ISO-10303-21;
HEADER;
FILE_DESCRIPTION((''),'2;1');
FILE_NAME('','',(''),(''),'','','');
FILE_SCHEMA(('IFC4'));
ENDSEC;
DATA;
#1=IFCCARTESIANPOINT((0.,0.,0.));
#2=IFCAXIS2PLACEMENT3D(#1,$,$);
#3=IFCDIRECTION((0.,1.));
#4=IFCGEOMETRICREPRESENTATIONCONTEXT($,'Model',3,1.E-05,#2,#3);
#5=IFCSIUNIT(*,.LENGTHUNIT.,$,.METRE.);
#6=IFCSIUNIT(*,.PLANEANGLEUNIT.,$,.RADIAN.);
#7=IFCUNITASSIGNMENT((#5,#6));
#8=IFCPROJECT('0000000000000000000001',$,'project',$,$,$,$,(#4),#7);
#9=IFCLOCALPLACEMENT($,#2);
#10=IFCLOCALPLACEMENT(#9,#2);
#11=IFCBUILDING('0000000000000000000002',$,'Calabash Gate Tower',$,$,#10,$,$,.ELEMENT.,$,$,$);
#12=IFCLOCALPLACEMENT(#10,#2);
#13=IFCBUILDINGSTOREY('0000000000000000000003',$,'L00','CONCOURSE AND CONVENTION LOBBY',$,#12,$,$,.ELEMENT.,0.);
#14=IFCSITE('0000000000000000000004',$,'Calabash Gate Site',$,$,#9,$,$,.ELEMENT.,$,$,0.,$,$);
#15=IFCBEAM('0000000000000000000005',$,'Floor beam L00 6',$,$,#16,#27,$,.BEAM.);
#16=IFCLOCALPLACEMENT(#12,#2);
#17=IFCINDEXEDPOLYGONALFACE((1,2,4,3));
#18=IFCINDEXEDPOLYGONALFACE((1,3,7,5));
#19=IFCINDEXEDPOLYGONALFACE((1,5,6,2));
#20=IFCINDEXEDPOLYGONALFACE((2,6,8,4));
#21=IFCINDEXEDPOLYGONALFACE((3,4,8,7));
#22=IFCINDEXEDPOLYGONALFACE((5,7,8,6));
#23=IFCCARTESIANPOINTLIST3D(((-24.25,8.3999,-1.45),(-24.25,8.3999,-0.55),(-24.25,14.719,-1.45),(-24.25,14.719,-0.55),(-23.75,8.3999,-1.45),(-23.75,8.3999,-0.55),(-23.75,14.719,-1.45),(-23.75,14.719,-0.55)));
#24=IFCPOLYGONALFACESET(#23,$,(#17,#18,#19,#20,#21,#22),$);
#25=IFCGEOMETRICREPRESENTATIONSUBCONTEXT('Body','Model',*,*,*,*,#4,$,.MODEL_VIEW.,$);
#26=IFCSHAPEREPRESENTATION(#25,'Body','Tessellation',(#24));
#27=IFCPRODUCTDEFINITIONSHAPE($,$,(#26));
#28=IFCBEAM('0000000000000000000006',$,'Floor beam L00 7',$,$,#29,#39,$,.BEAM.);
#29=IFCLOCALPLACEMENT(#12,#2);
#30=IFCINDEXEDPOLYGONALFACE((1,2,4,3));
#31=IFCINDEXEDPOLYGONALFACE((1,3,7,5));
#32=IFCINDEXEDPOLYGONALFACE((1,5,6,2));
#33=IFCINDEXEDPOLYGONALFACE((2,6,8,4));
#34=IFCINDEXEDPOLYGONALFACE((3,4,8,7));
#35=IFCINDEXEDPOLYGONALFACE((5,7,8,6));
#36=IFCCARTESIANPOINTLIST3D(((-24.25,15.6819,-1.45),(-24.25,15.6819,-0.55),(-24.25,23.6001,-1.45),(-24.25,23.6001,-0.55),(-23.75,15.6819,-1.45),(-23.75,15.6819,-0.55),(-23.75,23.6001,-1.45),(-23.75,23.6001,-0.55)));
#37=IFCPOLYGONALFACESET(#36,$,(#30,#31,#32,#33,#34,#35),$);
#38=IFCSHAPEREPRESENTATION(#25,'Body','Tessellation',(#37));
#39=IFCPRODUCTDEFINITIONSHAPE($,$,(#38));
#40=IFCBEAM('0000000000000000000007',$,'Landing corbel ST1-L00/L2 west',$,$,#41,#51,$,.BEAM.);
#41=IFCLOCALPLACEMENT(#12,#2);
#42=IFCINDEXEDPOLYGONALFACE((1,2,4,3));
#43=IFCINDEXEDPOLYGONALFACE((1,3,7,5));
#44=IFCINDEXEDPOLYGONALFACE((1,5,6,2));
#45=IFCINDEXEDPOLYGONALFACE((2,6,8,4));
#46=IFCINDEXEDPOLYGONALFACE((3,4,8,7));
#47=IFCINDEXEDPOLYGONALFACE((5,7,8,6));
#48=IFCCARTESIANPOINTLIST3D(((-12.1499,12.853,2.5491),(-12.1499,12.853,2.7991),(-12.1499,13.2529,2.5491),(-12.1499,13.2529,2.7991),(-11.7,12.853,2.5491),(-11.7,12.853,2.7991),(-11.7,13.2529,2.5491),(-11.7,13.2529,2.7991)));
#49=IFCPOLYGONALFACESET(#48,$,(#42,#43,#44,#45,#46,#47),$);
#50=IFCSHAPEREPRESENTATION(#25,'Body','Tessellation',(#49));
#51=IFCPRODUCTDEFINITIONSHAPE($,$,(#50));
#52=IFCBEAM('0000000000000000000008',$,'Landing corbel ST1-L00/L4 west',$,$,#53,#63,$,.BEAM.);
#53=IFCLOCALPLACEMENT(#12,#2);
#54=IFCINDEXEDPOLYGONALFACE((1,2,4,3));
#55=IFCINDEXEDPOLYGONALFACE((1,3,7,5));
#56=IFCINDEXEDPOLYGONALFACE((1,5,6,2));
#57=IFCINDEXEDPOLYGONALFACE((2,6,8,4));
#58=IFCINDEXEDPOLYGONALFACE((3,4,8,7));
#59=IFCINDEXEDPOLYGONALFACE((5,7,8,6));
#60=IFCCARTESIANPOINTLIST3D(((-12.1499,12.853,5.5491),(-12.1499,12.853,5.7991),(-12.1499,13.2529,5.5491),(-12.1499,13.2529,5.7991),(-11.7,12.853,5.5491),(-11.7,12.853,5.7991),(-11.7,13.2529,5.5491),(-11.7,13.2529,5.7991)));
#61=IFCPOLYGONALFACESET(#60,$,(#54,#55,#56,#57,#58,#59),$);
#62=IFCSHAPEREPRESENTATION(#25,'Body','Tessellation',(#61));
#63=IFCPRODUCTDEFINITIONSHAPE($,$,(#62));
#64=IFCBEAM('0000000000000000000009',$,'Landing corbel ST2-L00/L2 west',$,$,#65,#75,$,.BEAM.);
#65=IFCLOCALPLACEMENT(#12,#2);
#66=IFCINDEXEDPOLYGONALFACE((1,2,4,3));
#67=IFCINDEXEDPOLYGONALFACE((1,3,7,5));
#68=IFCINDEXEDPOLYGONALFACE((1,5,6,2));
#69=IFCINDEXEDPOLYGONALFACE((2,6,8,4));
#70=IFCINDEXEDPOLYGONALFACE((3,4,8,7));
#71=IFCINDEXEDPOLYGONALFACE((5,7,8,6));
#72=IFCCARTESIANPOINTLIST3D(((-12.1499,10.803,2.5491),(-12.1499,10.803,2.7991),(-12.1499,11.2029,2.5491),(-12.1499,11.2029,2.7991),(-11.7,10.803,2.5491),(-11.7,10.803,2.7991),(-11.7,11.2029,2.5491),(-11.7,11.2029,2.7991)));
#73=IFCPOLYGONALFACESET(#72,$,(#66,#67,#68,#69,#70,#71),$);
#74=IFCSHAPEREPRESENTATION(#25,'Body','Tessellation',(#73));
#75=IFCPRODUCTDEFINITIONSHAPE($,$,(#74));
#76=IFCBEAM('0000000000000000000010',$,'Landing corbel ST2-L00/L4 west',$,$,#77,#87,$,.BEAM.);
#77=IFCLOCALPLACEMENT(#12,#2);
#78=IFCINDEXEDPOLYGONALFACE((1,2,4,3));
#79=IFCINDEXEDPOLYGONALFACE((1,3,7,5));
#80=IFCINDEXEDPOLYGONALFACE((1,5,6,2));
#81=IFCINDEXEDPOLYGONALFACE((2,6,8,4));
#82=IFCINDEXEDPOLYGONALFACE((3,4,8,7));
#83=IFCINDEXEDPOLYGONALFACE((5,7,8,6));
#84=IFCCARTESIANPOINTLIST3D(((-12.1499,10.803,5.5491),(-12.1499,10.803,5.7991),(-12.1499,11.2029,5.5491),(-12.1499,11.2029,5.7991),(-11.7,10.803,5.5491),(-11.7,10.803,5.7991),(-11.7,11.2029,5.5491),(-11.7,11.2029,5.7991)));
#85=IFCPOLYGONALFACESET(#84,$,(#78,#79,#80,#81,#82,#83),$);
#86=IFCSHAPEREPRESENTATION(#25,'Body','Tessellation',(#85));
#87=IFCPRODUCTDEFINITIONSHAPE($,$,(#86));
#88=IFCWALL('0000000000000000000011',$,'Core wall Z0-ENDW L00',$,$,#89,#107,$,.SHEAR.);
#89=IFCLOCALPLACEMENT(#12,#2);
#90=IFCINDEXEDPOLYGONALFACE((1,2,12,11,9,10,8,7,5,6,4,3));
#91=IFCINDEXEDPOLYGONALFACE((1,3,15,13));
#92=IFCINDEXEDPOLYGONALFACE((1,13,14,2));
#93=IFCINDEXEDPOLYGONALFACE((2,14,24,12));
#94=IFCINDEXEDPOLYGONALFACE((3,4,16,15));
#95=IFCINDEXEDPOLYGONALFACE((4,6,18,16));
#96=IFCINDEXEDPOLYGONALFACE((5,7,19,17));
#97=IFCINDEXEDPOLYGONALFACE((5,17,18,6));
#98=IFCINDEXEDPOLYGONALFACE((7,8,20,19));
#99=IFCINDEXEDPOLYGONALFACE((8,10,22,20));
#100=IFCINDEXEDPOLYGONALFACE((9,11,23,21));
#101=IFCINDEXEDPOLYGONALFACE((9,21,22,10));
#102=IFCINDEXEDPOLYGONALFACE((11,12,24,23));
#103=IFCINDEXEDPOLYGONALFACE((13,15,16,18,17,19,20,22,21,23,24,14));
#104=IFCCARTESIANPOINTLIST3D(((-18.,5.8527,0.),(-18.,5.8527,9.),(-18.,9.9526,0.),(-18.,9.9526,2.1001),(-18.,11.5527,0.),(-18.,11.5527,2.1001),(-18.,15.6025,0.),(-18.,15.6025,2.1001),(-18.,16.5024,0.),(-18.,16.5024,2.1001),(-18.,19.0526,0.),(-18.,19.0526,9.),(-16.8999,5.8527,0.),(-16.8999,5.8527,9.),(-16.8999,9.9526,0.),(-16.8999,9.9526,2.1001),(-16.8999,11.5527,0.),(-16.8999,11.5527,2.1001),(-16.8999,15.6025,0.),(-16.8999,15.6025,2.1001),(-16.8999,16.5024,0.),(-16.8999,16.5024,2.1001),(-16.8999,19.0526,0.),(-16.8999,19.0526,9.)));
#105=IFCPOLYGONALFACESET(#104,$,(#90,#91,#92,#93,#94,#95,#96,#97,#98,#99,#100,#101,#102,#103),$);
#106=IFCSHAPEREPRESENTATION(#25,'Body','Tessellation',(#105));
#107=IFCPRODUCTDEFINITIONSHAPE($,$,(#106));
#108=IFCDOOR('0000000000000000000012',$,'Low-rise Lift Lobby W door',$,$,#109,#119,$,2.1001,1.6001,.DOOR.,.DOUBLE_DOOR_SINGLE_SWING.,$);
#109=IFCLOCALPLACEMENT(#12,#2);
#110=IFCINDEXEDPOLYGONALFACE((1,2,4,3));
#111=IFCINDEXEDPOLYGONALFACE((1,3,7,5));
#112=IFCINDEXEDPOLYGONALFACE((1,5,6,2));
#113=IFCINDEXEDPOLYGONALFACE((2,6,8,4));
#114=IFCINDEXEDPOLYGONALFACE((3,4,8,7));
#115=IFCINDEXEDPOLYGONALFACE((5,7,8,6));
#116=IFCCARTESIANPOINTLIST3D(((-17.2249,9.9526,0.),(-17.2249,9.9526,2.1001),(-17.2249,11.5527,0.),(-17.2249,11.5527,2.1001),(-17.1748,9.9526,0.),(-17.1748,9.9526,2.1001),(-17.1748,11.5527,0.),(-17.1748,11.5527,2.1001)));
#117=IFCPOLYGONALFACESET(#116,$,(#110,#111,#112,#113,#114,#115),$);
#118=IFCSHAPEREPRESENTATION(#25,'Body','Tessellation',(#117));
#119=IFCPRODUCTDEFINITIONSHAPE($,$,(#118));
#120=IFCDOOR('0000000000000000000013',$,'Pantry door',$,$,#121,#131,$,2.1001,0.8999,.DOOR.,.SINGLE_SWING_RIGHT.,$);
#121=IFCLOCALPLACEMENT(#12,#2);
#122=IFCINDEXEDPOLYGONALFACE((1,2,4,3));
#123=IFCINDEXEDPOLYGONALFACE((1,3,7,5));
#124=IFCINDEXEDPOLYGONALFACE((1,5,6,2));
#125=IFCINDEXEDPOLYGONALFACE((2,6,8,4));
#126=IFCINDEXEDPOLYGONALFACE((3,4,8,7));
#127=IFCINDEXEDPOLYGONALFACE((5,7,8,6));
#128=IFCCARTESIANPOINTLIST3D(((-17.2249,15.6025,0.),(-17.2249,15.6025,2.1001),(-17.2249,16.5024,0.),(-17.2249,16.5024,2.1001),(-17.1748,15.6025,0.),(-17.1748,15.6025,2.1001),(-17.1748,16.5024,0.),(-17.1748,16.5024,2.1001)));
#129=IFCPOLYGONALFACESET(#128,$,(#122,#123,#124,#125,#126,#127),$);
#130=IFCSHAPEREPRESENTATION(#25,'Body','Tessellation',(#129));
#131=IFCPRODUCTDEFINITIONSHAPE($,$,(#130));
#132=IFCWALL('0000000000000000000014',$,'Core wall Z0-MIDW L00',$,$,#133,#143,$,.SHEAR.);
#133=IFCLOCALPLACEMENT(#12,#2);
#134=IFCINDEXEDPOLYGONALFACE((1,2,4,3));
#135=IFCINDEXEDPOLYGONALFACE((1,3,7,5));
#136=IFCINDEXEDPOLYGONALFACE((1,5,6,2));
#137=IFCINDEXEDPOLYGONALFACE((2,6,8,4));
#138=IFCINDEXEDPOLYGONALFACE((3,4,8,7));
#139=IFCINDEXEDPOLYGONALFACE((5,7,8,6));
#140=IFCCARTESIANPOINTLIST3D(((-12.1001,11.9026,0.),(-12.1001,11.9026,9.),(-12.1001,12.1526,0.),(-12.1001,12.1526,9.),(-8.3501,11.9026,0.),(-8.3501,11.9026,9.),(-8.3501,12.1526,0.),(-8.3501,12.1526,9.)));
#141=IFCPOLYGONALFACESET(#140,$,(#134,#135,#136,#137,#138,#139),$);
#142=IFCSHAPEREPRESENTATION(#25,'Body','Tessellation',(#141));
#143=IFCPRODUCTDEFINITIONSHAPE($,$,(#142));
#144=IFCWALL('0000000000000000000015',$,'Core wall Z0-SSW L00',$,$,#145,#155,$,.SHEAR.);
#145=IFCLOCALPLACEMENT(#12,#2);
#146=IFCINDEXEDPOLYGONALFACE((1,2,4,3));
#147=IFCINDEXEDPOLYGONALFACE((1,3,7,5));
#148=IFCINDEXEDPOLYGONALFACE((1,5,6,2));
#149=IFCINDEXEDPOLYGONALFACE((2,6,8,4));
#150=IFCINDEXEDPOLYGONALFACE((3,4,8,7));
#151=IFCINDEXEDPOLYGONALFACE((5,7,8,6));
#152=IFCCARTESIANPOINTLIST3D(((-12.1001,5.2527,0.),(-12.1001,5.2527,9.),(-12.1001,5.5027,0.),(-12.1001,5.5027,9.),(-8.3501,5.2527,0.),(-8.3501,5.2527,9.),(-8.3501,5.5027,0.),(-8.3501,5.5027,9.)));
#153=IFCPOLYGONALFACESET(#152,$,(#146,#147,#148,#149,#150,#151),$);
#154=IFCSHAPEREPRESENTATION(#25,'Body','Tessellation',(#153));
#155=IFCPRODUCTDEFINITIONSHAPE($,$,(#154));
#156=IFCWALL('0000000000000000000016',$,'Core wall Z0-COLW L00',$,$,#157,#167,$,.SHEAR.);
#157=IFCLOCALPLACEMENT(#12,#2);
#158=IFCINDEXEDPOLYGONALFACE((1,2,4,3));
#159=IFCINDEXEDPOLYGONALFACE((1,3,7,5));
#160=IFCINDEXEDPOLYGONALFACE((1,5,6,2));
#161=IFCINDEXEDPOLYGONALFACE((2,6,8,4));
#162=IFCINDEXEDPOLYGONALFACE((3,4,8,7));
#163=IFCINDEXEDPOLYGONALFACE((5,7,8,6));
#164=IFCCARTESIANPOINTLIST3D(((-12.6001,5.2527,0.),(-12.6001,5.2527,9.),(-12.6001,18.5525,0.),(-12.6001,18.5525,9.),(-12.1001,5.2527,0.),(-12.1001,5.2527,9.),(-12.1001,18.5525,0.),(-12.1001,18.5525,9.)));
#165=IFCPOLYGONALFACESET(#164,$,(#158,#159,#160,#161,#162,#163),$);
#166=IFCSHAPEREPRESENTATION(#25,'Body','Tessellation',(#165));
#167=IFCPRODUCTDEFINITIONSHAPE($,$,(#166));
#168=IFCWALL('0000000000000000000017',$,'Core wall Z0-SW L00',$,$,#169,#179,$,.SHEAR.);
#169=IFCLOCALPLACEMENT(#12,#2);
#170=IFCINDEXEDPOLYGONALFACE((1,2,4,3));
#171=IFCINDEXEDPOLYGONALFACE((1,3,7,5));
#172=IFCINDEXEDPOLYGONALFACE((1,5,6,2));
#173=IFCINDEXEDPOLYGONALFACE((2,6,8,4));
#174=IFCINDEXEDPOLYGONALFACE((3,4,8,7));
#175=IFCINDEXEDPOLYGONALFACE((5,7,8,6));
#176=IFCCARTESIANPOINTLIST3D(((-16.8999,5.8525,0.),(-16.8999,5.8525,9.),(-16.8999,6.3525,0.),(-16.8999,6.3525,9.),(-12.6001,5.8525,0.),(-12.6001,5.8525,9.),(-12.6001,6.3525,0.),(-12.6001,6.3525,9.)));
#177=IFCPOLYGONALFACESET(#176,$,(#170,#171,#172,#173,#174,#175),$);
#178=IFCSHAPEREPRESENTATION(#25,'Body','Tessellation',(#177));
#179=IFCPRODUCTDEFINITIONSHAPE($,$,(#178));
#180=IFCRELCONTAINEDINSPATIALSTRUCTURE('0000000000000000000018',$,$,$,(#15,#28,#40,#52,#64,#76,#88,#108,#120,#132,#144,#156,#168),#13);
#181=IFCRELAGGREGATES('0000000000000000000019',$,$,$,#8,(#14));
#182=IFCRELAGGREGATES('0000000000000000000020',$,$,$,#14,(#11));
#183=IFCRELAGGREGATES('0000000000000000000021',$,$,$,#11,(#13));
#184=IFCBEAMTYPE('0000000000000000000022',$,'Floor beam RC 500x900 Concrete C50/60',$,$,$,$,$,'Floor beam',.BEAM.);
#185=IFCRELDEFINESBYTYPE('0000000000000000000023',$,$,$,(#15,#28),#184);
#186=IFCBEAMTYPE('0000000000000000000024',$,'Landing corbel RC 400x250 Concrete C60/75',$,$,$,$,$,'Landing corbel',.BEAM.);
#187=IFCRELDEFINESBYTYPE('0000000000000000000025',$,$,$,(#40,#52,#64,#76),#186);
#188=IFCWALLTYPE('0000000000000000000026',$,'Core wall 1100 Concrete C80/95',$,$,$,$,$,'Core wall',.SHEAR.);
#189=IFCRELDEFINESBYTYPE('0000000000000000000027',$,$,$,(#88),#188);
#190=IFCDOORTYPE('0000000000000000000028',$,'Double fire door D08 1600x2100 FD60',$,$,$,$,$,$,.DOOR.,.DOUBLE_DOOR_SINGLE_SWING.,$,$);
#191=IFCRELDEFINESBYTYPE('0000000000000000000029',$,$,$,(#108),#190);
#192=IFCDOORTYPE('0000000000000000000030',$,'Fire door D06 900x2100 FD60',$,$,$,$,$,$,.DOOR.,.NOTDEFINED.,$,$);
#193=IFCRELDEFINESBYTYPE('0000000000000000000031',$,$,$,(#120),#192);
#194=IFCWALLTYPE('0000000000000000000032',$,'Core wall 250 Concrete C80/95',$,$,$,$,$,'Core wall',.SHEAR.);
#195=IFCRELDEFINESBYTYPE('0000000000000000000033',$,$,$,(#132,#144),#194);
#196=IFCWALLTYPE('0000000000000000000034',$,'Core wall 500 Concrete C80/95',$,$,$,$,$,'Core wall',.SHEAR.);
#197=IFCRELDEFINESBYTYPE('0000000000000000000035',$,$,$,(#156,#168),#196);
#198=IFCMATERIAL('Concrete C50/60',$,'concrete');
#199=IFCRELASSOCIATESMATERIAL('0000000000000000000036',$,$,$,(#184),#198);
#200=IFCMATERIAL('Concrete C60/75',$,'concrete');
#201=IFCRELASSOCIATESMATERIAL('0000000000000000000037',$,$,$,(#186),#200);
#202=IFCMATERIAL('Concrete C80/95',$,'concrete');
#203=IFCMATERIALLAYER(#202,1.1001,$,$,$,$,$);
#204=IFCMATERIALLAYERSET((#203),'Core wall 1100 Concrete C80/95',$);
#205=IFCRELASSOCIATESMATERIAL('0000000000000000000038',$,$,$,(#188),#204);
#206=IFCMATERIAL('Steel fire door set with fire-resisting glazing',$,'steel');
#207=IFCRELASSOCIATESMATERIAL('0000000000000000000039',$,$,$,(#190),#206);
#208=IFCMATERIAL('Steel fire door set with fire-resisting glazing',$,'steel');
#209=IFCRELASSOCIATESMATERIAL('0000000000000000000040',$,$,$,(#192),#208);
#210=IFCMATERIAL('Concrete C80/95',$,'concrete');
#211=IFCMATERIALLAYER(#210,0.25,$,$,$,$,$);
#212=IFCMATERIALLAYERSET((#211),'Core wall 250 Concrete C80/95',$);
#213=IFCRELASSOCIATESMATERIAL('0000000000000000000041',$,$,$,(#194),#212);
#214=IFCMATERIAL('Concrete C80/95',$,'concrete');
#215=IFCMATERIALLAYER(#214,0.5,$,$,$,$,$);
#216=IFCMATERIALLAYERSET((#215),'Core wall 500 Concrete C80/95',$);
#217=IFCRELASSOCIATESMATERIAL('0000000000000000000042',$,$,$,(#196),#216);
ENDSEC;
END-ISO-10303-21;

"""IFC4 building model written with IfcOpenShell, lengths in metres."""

from ifc_helpers import new_model, si_unit, direction, frame, frame_2d, origin, origin_2d, place, context, subcontext, project, spatial, rectangle, extrude, material, layer, layer_set, material_profile, profile_set, type_object, element, fill, save


model = new_model("IFC4")

# Units and contexts
model_context = context("Model", 3, precision=1e-05, world=origin(), true_north=direction((0.0, 1.0)))
body_context = subcontext(model_context, "Body", "Model", "MODEL_VIEW")
ifc_project = project(units=[si_unit("LENGTHUNIT", "METRE"), si_unit("PLANEANGLEUNIT", "RADIAN")], contexts=[model_context])

# Site, building, storey
site_placement = place(None, origin())
site = spatial("IfcSite", under=ifc_project, at=site_placement, Name="Calabash Gate Site", CompositionType="ELEMENT", RefElevation=0.0)
building_placement = place(site_placement, origin())
building = spatial("IfcBuilding", under=site, at=building_placement, Name="Calabash Gate Tower", CompositionType="ELEMENT")
storey_placement = place(building_placement, origin())
storey = spatial("IfcBuildingStorey", under=building, at=storey_placement, Name="L00", Description="CONCOURSE AND CONVENTION LOBBY", CompositionType="ELEMENT", Elevation=0.0)

# Beams
ifc_material_1 = material(Name="Concrete C50/60", Category="concrete")
ifc_material_profile_1 = material_profile(ifc_material_1, rectangle(XDim=0.5, YDim=0.8999, at=origin_2d()))
ifc_profile_set_1 = profile_set([ifc_material_profile_1], Name="Concrete C50/60")
beam_type_1 = type_object("IfcBeamType", Name="Floor beam RC 500x900 Concrete C50/60", ElementType="Floor beam", PredefinedType="BEAM", material=ifc_profile_set_1)
beam_1_placement = place(storey_placement, frame((-24.0, 8.3999, -1.0), z_axis=(0.0, 1.0, 0.0), x_axis=(-1.0, 0.0, 0.0)))
element("IfcBeam", 1, at=beam_1_placement, inside=storey, type_object=beam_type_1, Name="Floor beam L00 6", PredefinedType="BEAM", context=body_context, shape_type="SweptSolid", body=[
    extrude(rectangle(XDim=0.5, YDim=0.8999, at=origin_2d()), origin(), (0.0, 0.0, 1.0), 6.3191),
])
beam_2_placement = place(storey_placement, frame((-24.0, 15.6819, -1.0), z_axis=(0.0, 1.0, 0.0), x_axis=(-1.0, 0.0, 0.0)))
element("IfcBeam", 2, at=beam_2_placement, inside=storey, type_object=beam_type_1, Name="Floor beam L00 7", PredefinedType="BEAM", context=body_context, shape_type="SweptSolid", body=[
    extrude(rectangle(XDim=0.5, YDim=0.8999, at=origin_2d()), origin(), (0.0, 0.0, 1.0), 7.9182),
])
ifc_material_2 = material(Name="Concrete C60/75", Category="concrete")
ifc_material_profile_2 = material_profile(ifc_material_2, rectangle(XDim=0.3999, YDim=0.25, at=origin_2d()))
ifc_profile_set_2 = profile_set([ifc_material_profile_2], Name="Concrete C60/75")
beam_type_2 = type_object("IfcBeamType", Name="Landing corbel RC 400x250 Concrete C60/75", ElementType="Landing corbel", PredefinedType="BEAM", material=ifc_profile_set_2)
for number, where, z_axis, x_axis, name in (
    (3, (-12.1499, 13.053, 2.6741), (1.0, 0.0, 0.0), (0.0, 1.0, 0.0), "Landing corbel ST1-L00/L2 west"),
    (4, (-12.1499, 13.053, 5.6741), (1.0, 0.0, 0.0), (0.0, 1.0, 0.0), "Landing corbel ST1-L00/L4 west"),
    (5, (-12.1499, 11.0029, 2.6741), (1.0, 0.0, 0.0), (0.0, 1.0, 0.0), "Landing corbel ST2-L00/L2 west"),
    (6, (-12.1499, 11.0029, 5.6741), (1.0, 0.0, 0.0), (0.0, 1.0, 0.0), "Landing corbel ST2-L00/L4 west"),
):
    element("IfcBeam", number, at=place(storey_placement, frame(where, z_axis=z_axis, x_axis=x_axis)), inside=storey, type_object=beam_type_2, Name=name, PredefinedType="BEAM", context=body_context, shape_type="SweptSolid", body=[
        extrude(rectangle(XDim=0.3999, YDim=0.25, at=origin_2d()), origin(), (0.0, 0.0, 1.0), 0.45),
    ])

# Wall, openings, doors
ifc_material_3 = material(Name="Concrete C80/95", Category="concrete")
ifc_layer_1 = layer(ifc_material_3, 1.1001)
ifc_layer_set_1 = layer_set([ifc_layer_1], Name="Core wall 1100 Concrete C80/95")
wall_type_1 = type_object("IfcWallType", Name="Core wall 1100 Concrete C80/95", ElementType="Core wall", PredefinedType="SHEAR", material=ifc_layer_set_1)
wall_1_placement = place(storey_placement, frame((-17.45, 5.8525, 0.0), z_axis=(0.0, 0.0, 1.0), x_axis=(0.0, 1.0, 0.0)))
wall_1 = element("IfcWall", 7, at=wall_1_placement, inside=storey, type_object=wall_type_1, Name="Core wall Z0-ENDW L00", PredefinedType="SHEAR", context=body_context, shape_type="SweptSolid", body=[
    extrude(rectangle(XDim=13.2, YDim=1.1001, at=frame_2d((6.6001, 0.0))), origin(), (0.0, 0.0, 1.0), 9.0),
])
opening_1_placement = place(wall_1_placement, frame((4.1001, 0.0, 0.0)))
opening_1 = element("IfcOpeningElement", 8, at=opening_1_placement, cuts=wall_1, PredefinedType="OPENING", context=body_context, shape_type="SweptSolid", body=[
    extrude(rectangle(XDim=1.6001, YDim=2.1001, at=frame_2d((0.8, 1.05))), frame((0.0, 0.5601, 0.0), z_axis=(0.0, -1.0, 0.0), x_axis=(1.0, 0.0, 0.0)), (0.0, 0.0, 1.0), 1.1201),
])
opening_2_placement = place(wall_1_placement, frame((9.75, 0.0, 0.0)))
opening_2 = element("IfcOpeningElement", 9, at=opening_2_placement, cuts=wall_1, PredefinedType="OPENING", context=body_context, shape_type="SweptSolid", body=[
    extrude(rectangle(XDim=0.8999, YDim=2.1001, at=frame_2d((0.45, 1.05))), frame((0.0, 0.5601, 0.0), z_axis=(0.0, -1.0, 0.0), x_axis=(1.0, 0.0, 0.0)), (0.0, 0.0, 1.0), 1.1201),
])
ifc_material_4 = material(Name="Steel fire door set with fire-resisting glazing", Category="steel")
door_type_1 = type_object("IfcDoorType", Name="Double fire door D08 1600x2100 FD60", OperationType="DOUBLE_DOOR_SINGLE_SWING", PredefinedType="DOOR", material=ifc_material_4)
door_1_placement = place(opening_1_placement, origin())
door_1 = element("IfcDoor", 10, at=door_1_placement, inside=storey, type_object=door_type_1, Name="Low-rise Lift Lobby W door", OperationType="DOUBLE_DOOR_SINGLE_SWING", OverallHeight=2.1001, OverallWidth=1.6001, PredefinedType="DOOR", context=body_context, shape_type="SweptSolid", body=[
    extrude(rectangle(XDim=1.6001, YDim=2.1001, at=frame_2d((0.8, 1.05))), frame((0.0, -0.2251, 0.0), z_axis=(0.0, -1.0, 0.0), x_axis=(1.0, 0.0, 0.0)), (0.0, 0.0, 1.0), 0.05),
])
fill(opening_1, door_1)
ifc_material_5 = material(Name="Steel fire door set with fire-resisting glazing", Category="steel")
door_type_2 = type_object("IfcDoorType", Name="Fire door D06 900x2100 FD60", OperationType="NOTDEFINED", PredefinedType="DOOR", material=ifc_material_5)
door_2_placement = place(opening_2_placement, origin())
door_2 = element("IfcDoor", 11, at=door_2_placement, inside=storey, type_object=door_type_2, Name="Pantry door", OperationType="SINGLE_SWING_RIGHT", OverallHeight=2.1001, OverallWidth=0.8999, PredefinedType="DOOR", context=body_context, shape_type="SweptSolid", body=[
    extrude(rectangle(XDim=0.8999, YDim=2.1001, at=frame_2d((0.45, 1.05))), frame((0.0, -0.2251, 0.0), z_axis=(0.0, -1.0, 0.0), x_axis=(1.0, 0.0, 0.0)), (0.0, 0.0, 1.0), 0.05),
])
fill(opening_2, door_2)

# Walls
ifc_material_6 = material(Name="Concrete C80/95", Category="concrete")
ifc_layer_2 = layer(ifc_material_6, 0.25)
ifc_layer_set_2 = layer_set([ifc_layer_2], Name="Core wall 250 Concrete C80/95")
wall_type_2 = type_object("IfcWallType", Name="Core wall 250 Concrete C80/95", ElementType="Core wall", PredefinedType="SHEAR", material=ifc_layer_set_2)
for number, where, z_axis, x_axis, name in (
    (12, (-12.1001, 12.0276, 0.0), (0.0, 0.0, 1.0), (1.0, 0.0, 0.0), "Core wall Z0-MIDW L00"),
    (13, (-12.1001, 5.3777, 0.0), (0.0, 0.0, 1.0), (1.0, 0.0, 0.0), "Core wall Z0-SSW L00"),
):
    element("IfcWall", number, at=place(storey_placement, frame(where, z_axis=z_axis, x_axis=x_axis)), inside=storey, type_object=wall_type_2, Name=name, PredefinedType="SHEAR", context=body_context, shape_type="SweptSolid", body=[
        extrude(rectangle(XDim=3.75, YDim=0.25, at=frame_2d((1.875, 0.0))), origin(), (0.0, 0.0, 1.0), 9.0),
    ])
ifc_material_7 = material(Name="Concrete C80/95", Category="concrete")
ifc_layer_3 = layer(ifc_material_7, 0.5)
ifc_layer_set_3 = layer_set([ifc_layer_3], Name="Core wall 500 Concrete C80/95")
wall_type_3 = type_object("IfcWallType", Name="Core wall 500 Concrete C80/95", ElementType="Core wall", PredefinedType="SHEAR", material=ifc_layer_set_3)
wall_2_placement = place(storey_placement, frame((-12.3501, 5.2527, 0.0), z_axis=(0.0, 0.0, 1.0), x_axis=(0.0, 1.0, 0.0)))
element("IfcWall", 14, at=wall_2_placement, inside=storey, type_object=wall_type_3, Name="Core wall Z0-COLW L00", PredefinedType="SHEAR", context=body_context, shape_type="SweptSolid", body=[
    extrude(rectangle(XDim=13.2998, YDim=0.5, at=frame_2d((6.6499, 0.0))), origin(), (0.0, 0.0, 1.0), 9.0),
])
wall_3_placement = place(storey_placement, frame((-12.6001, 6.1025, 0.0), z_axis=(0.0, 0.0, 1.0), x_axis=(-1.0, 0.0, 0.0)))
element("IfcWall", 15, at=wall_3_placement, inside=storey, type_object=wall_type_3, Name="Core wall Z0-SW L00", PredefinedType="SHEAR", context=body_context, shape_type="SweptSolid", body=[
    extrude(rectangle(XDim=4.2998, YDim=0.5, at=frame_2d((2.1499, 0.0))), origin(), (0.0, 0.0, 1.0), 9.0),
])

save(model, "model.ifc")
